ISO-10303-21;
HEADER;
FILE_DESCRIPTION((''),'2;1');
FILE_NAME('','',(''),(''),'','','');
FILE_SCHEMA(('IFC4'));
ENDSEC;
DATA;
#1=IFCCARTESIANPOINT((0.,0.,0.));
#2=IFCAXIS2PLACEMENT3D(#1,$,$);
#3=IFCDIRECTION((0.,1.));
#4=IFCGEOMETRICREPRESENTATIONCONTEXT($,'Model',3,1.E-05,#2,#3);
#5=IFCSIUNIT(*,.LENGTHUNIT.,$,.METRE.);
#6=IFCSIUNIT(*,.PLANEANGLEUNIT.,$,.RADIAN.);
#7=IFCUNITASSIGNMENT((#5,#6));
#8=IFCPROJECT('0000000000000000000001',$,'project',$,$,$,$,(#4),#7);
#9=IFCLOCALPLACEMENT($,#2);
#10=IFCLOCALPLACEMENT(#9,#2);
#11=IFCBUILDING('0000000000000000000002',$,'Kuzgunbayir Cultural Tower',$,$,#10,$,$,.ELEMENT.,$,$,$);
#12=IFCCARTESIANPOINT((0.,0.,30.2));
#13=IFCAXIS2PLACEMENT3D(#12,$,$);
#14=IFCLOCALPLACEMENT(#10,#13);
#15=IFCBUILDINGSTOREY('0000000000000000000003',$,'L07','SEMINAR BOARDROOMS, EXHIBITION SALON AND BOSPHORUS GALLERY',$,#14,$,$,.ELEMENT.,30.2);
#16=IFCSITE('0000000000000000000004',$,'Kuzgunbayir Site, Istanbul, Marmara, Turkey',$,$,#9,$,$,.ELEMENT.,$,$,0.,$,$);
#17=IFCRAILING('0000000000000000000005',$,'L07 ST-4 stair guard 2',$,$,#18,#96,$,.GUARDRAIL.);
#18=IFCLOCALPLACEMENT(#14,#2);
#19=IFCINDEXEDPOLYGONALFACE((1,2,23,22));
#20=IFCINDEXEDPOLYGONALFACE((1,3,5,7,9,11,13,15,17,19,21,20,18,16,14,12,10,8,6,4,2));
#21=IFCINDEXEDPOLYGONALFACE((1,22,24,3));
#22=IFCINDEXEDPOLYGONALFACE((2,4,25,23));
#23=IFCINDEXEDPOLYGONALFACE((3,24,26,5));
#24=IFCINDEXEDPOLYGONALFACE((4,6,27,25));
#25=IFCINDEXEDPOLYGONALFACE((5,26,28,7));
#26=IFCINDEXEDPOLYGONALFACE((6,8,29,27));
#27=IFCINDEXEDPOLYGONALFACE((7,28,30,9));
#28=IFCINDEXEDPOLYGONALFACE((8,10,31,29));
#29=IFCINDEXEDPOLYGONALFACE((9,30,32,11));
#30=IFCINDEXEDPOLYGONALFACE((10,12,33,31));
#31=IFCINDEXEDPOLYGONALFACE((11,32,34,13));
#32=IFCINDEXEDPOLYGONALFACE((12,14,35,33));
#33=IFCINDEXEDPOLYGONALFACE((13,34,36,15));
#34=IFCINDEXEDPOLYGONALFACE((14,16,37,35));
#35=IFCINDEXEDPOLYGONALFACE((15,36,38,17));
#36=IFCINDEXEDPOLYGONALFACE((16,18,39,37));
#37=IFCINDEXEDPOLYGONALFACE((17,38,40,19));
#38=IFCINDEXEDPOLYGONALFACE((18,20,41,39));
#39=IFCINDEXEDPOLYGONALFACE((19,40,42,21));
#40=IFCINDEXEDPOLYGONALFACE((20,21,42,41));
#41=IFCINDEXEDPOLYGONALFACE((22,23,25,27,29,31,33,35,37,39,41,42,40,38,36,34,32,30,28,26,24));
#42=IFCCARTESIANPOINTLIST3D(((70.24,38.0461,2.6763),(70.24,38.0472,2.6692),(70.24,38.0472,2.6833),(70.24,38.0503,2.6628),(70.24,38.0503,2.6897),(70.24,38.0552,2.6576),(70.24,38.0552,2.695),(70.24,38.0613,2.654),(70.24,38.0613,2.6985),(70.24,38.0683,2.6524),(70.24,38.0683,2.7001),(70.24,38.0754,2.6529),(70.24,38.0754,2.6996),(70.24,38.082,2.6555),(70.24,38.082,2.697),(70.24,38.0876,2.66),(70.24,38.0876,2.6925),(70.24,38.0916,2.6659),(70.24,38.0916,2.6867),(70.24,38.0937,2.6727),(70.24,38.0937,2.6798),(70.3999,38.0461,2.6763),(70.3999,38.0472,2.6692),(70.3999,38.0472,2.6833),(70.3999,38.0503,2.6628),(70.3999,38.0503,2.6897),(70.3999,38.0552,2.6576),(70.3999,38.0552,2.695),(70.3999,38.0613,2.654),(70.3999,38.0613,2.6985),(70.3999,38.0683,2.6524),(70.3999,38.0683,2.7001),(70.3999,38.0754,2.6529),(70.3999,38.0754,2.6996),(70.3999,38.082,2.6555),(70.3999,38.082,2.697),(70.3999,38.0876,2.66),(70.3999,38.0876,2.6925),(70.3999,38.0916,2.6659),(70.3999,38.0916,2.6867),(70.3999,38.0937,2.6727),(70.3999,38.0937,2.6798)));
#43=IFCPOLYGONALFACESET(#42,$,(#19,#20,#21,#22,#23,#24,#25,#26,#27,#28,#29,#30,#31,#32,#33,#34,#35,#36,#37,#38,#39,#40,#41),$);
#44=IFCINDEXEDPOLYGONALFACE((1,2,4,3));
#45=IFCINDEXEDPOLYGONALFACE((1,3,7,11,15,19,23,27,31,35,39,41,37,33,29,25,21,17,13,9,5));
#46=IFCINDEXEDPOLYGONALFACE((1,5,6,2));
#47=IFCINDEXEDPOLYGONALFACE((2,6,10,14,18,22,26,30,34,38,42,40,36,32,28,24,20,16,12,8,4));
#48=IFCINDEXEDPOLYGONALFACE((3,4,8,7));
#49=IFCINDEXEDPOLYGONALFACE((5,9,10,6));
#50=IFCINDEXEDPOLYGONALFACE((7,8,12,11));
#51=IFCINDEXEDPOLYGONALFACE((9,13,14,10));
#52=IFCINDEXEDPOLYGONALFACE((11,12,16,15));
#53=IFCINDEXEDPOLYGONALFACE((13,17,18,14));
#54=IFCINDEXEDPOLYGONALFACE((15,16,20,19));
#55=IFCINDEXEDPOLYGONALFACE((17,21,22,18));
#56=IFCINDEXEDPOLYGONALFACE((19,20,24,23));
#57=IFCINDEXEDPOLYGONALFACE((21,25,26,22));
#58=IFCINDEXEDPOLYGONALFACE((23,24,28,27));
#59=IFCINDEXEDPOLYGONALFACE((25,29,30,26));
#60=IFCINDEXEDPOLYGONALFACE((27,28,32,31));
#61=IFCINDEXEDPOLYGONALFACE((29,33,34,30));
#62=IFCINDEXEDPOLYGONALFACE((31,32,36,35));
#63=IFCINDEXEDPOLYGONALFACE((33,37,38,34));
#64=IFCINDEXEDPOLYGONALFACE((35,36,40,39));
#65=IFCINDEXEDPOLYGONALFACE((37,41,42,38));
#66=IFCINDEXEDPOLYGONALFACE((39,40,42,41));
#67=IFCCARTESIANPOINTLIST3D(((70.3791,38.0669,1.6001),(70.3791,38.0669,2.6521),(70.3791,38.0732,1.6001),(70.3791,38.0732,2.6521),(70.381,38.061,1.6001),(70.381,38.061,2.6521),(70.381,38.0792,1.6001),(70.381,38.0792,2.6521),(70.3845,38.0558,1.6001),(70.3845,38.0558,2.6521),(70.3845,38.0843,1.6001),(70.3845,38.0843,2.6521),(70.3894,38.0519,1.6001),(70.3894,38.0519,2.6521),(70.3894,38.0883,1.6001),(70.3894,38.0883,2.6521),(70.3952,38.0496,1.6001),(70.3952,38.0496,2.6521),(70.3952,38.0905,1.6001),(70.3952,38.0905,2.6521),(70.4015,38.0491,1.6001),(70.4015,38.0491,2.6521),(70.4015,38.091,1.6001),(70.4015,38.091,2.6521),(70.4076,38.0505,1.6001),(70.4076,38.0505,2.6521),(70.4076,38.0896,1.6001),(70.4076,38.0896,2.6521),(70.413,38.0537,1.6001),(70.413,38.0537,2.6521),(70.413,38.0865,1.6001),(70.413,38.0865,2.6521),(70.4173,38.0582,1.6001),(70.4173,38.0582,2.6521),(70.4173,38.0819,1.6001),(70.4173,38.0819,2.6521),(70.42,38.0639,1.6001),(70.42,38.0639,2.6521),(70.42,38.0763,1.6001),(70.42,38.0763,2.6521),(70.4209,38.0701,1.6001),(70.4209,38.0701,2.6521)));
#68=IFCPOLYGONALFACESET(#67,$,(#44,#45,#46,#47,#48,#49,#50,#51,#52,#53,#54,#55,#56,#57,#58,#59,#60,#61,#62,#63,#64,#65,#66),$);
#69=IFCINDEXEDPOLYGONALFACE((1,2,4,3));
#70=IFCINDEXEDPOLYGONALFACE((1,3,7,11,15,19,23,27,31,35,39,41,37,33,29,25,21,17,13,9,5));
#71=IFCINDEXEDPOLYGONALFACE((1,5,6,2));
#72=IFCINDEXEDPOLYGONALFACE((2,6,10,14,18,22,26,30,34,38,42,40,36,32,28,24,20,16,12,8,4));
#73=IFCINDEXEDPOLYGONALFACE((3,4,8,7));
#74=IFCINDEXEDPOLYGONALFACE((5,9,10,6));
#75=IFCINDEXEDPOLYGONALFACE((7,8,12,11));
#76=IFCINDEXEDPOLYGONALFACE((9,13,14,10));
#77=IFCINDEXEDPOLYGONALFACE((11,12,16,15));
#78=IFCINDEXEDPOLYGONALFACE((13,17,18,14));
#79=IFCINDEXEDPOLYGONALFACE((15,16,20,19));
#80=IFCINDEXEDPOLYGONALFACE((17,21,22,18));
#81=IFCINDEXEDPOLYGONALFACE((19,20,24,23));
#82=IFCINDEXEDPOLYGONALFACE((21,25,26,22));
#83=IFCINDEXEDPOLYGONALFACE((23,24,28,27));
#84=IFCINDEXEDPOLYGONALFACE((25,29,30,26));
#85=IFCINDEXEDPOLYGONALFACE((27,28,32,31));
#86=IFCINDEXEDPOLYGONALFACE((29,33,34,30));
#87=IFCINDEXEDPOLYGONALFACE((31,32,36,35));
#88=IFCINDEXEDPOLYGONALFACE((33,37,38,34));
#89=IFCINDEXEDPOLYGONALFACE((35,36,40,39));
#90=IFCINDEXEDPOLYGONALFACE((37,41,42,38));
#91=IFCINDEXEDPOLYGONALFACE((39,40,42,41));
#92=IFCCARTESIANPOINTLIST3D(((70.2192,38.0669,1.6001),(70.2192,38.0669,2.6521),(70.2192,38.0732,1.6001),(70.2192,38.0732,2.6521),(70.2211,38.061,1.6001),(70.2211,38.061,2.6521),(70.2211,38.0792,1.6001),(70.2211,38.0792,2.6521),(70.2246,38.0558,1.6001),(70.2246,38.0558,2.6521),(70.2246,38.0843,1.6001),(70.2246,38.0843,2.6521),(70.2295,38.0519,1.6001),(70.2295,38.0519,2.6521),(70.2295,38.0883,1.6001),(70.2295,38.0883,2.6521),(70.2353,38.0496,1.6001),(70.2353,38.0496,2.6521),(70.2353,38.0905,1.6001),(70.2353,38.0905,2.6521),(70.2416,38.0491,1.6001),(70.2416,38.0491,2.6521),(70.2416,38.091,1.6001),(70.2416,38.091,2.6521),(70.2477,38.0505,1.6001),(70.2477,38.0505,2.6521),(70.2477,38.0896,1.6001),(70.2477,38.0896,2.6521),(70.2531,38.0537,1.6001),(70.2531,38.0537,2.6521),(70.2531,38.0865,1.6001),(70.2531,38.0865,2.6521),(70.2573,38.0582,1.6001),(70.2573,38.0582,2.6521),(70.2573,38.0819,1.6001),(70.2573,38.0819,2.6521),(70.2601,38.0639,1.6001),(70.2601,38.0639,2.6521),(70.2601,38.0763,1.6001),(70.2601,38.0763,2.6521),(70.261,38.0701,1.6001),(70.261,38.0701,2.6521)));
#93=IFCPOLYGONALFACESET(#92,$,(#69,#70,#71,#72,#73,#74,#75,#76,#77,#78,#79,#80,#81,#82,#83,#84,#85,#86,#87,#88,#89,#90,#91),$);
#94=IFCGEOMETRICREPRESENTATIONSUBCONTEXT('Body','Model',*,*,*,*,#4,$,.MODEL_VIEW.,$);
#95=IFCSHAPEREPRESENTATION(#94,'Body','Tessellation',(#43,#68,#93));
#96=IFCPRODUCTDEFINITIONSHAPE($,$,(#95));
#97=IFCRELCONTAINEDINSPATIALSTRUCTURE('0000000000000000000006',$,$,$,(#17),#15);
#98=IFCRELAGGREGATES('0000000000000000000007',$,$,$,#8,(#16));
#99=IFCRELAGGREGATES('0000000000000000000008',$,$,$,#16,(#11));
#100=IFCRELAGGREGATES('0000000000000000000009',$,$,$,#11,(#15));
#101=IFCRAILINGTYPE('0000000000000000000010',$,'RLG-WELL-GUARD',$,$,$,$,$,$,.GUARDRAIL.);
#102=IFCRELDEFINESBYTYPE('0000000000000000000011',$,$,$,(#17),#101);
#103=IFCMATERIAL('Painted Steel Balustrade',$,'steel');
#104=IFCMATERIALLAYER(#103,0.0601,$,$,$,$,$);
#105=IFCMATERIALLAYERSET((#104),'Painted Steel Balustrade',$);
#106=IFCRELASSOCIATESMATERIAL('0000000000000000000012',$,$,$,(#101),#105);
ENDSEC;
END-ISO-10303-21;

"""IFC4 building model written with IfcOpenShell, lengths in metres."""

from ifc_helpers import new_model, si_unit, direction, frame, origin, origin_2d, place, context, subcontext, project, spatial, circle, extrude, material, layer, layer_set, type_object, element, save


model = new_model("IFC4")

# Units and contexts
model_context = context("Model", 3, precision=1e-05, world=origin(), true_north=direction((0.0, 1.0)))
body_context = subcontext(model_context, "Body", "Model", "MODEL_VIEW")
ifc_project = project(units=[si_unit("LENGTHUNIT", "METRE"), si_unit("PLANEANGLEUNIT", "RADIAN")], contexts=[model_context])

# Site, building, storey
site_placement = place(None, origin())
site = spatial("IfcSite", under=ifc_project, at=site_placement, Name="Kuzgunbayir Site, Istanbul, Marmara, Turkey", CompositionType="ELEMENT", RefElevation=0.0)
building_placement = place(site_placement, origin())
building = spatial("IfcBuilding", under=site, at=building_placement, Name="Kuzgunbayir Cultural Tower", CompositionType="ELEMENT")
storey_placement = place(building_placement, frame((0.0, 0.0, 30.2)))
storey = spatial("IfcBuildingStorey", under=building, at=storey_placement, Name="L07", Description="SEMINAR BOARDROOMS, EXHIBITION SALON AND BOSPHORUS GALLERY", CompositionType="ELEMENT", Elevation=30.2)

# Railing
ifc_material_1 = material(Name="Painted Steel Balustrade", Category="steel")
ifc_layer_1 = layer(ifc_material_1, 0.0601)
ifc_layer_set_1 = layer_set([ifc_layer_1], Name="Painted Steel Balustrade")
railing_type_1 = type_object("IfcRailingType", Name="RLG-WELL-GUARD", PredefinedType="GUARDRAIL", material=ifc_layer_set_1)
railing_1_placement = place(storey_placement, frame((70.3999, 38.0701, 1.6001)))
element("IfcRailing", 1, at=railing_1_placement, inside=storey, type_object=railing_type_1, Name="L07 ST-4 stair guard 2", PredefinedType="GUARDRAIL", context=body_context, shape_type="SweptSolid", body=[
    extrude(circle(Radius=0.0239, at=origin_2d()), frame((0.0, 0.0, 1.0762), z_axis=(-1.0, 0.0, 0.0), x_axis=(0.0, -1.0, 0.0)), (0.0, 0.0, 1.0), 0.1599),
    extrude(circle(Radius=0.021, at=origin_2d()), origin(), (0.0, 0.0, 1.0), 1.052),
    extrude(circle(Radius=0.021, at=origin_2d()), frame((-0.1599, 0.0, 0.0)), (0.0, 0.0, 1.0), 1.052),
])

save(model, "model.ifc")
